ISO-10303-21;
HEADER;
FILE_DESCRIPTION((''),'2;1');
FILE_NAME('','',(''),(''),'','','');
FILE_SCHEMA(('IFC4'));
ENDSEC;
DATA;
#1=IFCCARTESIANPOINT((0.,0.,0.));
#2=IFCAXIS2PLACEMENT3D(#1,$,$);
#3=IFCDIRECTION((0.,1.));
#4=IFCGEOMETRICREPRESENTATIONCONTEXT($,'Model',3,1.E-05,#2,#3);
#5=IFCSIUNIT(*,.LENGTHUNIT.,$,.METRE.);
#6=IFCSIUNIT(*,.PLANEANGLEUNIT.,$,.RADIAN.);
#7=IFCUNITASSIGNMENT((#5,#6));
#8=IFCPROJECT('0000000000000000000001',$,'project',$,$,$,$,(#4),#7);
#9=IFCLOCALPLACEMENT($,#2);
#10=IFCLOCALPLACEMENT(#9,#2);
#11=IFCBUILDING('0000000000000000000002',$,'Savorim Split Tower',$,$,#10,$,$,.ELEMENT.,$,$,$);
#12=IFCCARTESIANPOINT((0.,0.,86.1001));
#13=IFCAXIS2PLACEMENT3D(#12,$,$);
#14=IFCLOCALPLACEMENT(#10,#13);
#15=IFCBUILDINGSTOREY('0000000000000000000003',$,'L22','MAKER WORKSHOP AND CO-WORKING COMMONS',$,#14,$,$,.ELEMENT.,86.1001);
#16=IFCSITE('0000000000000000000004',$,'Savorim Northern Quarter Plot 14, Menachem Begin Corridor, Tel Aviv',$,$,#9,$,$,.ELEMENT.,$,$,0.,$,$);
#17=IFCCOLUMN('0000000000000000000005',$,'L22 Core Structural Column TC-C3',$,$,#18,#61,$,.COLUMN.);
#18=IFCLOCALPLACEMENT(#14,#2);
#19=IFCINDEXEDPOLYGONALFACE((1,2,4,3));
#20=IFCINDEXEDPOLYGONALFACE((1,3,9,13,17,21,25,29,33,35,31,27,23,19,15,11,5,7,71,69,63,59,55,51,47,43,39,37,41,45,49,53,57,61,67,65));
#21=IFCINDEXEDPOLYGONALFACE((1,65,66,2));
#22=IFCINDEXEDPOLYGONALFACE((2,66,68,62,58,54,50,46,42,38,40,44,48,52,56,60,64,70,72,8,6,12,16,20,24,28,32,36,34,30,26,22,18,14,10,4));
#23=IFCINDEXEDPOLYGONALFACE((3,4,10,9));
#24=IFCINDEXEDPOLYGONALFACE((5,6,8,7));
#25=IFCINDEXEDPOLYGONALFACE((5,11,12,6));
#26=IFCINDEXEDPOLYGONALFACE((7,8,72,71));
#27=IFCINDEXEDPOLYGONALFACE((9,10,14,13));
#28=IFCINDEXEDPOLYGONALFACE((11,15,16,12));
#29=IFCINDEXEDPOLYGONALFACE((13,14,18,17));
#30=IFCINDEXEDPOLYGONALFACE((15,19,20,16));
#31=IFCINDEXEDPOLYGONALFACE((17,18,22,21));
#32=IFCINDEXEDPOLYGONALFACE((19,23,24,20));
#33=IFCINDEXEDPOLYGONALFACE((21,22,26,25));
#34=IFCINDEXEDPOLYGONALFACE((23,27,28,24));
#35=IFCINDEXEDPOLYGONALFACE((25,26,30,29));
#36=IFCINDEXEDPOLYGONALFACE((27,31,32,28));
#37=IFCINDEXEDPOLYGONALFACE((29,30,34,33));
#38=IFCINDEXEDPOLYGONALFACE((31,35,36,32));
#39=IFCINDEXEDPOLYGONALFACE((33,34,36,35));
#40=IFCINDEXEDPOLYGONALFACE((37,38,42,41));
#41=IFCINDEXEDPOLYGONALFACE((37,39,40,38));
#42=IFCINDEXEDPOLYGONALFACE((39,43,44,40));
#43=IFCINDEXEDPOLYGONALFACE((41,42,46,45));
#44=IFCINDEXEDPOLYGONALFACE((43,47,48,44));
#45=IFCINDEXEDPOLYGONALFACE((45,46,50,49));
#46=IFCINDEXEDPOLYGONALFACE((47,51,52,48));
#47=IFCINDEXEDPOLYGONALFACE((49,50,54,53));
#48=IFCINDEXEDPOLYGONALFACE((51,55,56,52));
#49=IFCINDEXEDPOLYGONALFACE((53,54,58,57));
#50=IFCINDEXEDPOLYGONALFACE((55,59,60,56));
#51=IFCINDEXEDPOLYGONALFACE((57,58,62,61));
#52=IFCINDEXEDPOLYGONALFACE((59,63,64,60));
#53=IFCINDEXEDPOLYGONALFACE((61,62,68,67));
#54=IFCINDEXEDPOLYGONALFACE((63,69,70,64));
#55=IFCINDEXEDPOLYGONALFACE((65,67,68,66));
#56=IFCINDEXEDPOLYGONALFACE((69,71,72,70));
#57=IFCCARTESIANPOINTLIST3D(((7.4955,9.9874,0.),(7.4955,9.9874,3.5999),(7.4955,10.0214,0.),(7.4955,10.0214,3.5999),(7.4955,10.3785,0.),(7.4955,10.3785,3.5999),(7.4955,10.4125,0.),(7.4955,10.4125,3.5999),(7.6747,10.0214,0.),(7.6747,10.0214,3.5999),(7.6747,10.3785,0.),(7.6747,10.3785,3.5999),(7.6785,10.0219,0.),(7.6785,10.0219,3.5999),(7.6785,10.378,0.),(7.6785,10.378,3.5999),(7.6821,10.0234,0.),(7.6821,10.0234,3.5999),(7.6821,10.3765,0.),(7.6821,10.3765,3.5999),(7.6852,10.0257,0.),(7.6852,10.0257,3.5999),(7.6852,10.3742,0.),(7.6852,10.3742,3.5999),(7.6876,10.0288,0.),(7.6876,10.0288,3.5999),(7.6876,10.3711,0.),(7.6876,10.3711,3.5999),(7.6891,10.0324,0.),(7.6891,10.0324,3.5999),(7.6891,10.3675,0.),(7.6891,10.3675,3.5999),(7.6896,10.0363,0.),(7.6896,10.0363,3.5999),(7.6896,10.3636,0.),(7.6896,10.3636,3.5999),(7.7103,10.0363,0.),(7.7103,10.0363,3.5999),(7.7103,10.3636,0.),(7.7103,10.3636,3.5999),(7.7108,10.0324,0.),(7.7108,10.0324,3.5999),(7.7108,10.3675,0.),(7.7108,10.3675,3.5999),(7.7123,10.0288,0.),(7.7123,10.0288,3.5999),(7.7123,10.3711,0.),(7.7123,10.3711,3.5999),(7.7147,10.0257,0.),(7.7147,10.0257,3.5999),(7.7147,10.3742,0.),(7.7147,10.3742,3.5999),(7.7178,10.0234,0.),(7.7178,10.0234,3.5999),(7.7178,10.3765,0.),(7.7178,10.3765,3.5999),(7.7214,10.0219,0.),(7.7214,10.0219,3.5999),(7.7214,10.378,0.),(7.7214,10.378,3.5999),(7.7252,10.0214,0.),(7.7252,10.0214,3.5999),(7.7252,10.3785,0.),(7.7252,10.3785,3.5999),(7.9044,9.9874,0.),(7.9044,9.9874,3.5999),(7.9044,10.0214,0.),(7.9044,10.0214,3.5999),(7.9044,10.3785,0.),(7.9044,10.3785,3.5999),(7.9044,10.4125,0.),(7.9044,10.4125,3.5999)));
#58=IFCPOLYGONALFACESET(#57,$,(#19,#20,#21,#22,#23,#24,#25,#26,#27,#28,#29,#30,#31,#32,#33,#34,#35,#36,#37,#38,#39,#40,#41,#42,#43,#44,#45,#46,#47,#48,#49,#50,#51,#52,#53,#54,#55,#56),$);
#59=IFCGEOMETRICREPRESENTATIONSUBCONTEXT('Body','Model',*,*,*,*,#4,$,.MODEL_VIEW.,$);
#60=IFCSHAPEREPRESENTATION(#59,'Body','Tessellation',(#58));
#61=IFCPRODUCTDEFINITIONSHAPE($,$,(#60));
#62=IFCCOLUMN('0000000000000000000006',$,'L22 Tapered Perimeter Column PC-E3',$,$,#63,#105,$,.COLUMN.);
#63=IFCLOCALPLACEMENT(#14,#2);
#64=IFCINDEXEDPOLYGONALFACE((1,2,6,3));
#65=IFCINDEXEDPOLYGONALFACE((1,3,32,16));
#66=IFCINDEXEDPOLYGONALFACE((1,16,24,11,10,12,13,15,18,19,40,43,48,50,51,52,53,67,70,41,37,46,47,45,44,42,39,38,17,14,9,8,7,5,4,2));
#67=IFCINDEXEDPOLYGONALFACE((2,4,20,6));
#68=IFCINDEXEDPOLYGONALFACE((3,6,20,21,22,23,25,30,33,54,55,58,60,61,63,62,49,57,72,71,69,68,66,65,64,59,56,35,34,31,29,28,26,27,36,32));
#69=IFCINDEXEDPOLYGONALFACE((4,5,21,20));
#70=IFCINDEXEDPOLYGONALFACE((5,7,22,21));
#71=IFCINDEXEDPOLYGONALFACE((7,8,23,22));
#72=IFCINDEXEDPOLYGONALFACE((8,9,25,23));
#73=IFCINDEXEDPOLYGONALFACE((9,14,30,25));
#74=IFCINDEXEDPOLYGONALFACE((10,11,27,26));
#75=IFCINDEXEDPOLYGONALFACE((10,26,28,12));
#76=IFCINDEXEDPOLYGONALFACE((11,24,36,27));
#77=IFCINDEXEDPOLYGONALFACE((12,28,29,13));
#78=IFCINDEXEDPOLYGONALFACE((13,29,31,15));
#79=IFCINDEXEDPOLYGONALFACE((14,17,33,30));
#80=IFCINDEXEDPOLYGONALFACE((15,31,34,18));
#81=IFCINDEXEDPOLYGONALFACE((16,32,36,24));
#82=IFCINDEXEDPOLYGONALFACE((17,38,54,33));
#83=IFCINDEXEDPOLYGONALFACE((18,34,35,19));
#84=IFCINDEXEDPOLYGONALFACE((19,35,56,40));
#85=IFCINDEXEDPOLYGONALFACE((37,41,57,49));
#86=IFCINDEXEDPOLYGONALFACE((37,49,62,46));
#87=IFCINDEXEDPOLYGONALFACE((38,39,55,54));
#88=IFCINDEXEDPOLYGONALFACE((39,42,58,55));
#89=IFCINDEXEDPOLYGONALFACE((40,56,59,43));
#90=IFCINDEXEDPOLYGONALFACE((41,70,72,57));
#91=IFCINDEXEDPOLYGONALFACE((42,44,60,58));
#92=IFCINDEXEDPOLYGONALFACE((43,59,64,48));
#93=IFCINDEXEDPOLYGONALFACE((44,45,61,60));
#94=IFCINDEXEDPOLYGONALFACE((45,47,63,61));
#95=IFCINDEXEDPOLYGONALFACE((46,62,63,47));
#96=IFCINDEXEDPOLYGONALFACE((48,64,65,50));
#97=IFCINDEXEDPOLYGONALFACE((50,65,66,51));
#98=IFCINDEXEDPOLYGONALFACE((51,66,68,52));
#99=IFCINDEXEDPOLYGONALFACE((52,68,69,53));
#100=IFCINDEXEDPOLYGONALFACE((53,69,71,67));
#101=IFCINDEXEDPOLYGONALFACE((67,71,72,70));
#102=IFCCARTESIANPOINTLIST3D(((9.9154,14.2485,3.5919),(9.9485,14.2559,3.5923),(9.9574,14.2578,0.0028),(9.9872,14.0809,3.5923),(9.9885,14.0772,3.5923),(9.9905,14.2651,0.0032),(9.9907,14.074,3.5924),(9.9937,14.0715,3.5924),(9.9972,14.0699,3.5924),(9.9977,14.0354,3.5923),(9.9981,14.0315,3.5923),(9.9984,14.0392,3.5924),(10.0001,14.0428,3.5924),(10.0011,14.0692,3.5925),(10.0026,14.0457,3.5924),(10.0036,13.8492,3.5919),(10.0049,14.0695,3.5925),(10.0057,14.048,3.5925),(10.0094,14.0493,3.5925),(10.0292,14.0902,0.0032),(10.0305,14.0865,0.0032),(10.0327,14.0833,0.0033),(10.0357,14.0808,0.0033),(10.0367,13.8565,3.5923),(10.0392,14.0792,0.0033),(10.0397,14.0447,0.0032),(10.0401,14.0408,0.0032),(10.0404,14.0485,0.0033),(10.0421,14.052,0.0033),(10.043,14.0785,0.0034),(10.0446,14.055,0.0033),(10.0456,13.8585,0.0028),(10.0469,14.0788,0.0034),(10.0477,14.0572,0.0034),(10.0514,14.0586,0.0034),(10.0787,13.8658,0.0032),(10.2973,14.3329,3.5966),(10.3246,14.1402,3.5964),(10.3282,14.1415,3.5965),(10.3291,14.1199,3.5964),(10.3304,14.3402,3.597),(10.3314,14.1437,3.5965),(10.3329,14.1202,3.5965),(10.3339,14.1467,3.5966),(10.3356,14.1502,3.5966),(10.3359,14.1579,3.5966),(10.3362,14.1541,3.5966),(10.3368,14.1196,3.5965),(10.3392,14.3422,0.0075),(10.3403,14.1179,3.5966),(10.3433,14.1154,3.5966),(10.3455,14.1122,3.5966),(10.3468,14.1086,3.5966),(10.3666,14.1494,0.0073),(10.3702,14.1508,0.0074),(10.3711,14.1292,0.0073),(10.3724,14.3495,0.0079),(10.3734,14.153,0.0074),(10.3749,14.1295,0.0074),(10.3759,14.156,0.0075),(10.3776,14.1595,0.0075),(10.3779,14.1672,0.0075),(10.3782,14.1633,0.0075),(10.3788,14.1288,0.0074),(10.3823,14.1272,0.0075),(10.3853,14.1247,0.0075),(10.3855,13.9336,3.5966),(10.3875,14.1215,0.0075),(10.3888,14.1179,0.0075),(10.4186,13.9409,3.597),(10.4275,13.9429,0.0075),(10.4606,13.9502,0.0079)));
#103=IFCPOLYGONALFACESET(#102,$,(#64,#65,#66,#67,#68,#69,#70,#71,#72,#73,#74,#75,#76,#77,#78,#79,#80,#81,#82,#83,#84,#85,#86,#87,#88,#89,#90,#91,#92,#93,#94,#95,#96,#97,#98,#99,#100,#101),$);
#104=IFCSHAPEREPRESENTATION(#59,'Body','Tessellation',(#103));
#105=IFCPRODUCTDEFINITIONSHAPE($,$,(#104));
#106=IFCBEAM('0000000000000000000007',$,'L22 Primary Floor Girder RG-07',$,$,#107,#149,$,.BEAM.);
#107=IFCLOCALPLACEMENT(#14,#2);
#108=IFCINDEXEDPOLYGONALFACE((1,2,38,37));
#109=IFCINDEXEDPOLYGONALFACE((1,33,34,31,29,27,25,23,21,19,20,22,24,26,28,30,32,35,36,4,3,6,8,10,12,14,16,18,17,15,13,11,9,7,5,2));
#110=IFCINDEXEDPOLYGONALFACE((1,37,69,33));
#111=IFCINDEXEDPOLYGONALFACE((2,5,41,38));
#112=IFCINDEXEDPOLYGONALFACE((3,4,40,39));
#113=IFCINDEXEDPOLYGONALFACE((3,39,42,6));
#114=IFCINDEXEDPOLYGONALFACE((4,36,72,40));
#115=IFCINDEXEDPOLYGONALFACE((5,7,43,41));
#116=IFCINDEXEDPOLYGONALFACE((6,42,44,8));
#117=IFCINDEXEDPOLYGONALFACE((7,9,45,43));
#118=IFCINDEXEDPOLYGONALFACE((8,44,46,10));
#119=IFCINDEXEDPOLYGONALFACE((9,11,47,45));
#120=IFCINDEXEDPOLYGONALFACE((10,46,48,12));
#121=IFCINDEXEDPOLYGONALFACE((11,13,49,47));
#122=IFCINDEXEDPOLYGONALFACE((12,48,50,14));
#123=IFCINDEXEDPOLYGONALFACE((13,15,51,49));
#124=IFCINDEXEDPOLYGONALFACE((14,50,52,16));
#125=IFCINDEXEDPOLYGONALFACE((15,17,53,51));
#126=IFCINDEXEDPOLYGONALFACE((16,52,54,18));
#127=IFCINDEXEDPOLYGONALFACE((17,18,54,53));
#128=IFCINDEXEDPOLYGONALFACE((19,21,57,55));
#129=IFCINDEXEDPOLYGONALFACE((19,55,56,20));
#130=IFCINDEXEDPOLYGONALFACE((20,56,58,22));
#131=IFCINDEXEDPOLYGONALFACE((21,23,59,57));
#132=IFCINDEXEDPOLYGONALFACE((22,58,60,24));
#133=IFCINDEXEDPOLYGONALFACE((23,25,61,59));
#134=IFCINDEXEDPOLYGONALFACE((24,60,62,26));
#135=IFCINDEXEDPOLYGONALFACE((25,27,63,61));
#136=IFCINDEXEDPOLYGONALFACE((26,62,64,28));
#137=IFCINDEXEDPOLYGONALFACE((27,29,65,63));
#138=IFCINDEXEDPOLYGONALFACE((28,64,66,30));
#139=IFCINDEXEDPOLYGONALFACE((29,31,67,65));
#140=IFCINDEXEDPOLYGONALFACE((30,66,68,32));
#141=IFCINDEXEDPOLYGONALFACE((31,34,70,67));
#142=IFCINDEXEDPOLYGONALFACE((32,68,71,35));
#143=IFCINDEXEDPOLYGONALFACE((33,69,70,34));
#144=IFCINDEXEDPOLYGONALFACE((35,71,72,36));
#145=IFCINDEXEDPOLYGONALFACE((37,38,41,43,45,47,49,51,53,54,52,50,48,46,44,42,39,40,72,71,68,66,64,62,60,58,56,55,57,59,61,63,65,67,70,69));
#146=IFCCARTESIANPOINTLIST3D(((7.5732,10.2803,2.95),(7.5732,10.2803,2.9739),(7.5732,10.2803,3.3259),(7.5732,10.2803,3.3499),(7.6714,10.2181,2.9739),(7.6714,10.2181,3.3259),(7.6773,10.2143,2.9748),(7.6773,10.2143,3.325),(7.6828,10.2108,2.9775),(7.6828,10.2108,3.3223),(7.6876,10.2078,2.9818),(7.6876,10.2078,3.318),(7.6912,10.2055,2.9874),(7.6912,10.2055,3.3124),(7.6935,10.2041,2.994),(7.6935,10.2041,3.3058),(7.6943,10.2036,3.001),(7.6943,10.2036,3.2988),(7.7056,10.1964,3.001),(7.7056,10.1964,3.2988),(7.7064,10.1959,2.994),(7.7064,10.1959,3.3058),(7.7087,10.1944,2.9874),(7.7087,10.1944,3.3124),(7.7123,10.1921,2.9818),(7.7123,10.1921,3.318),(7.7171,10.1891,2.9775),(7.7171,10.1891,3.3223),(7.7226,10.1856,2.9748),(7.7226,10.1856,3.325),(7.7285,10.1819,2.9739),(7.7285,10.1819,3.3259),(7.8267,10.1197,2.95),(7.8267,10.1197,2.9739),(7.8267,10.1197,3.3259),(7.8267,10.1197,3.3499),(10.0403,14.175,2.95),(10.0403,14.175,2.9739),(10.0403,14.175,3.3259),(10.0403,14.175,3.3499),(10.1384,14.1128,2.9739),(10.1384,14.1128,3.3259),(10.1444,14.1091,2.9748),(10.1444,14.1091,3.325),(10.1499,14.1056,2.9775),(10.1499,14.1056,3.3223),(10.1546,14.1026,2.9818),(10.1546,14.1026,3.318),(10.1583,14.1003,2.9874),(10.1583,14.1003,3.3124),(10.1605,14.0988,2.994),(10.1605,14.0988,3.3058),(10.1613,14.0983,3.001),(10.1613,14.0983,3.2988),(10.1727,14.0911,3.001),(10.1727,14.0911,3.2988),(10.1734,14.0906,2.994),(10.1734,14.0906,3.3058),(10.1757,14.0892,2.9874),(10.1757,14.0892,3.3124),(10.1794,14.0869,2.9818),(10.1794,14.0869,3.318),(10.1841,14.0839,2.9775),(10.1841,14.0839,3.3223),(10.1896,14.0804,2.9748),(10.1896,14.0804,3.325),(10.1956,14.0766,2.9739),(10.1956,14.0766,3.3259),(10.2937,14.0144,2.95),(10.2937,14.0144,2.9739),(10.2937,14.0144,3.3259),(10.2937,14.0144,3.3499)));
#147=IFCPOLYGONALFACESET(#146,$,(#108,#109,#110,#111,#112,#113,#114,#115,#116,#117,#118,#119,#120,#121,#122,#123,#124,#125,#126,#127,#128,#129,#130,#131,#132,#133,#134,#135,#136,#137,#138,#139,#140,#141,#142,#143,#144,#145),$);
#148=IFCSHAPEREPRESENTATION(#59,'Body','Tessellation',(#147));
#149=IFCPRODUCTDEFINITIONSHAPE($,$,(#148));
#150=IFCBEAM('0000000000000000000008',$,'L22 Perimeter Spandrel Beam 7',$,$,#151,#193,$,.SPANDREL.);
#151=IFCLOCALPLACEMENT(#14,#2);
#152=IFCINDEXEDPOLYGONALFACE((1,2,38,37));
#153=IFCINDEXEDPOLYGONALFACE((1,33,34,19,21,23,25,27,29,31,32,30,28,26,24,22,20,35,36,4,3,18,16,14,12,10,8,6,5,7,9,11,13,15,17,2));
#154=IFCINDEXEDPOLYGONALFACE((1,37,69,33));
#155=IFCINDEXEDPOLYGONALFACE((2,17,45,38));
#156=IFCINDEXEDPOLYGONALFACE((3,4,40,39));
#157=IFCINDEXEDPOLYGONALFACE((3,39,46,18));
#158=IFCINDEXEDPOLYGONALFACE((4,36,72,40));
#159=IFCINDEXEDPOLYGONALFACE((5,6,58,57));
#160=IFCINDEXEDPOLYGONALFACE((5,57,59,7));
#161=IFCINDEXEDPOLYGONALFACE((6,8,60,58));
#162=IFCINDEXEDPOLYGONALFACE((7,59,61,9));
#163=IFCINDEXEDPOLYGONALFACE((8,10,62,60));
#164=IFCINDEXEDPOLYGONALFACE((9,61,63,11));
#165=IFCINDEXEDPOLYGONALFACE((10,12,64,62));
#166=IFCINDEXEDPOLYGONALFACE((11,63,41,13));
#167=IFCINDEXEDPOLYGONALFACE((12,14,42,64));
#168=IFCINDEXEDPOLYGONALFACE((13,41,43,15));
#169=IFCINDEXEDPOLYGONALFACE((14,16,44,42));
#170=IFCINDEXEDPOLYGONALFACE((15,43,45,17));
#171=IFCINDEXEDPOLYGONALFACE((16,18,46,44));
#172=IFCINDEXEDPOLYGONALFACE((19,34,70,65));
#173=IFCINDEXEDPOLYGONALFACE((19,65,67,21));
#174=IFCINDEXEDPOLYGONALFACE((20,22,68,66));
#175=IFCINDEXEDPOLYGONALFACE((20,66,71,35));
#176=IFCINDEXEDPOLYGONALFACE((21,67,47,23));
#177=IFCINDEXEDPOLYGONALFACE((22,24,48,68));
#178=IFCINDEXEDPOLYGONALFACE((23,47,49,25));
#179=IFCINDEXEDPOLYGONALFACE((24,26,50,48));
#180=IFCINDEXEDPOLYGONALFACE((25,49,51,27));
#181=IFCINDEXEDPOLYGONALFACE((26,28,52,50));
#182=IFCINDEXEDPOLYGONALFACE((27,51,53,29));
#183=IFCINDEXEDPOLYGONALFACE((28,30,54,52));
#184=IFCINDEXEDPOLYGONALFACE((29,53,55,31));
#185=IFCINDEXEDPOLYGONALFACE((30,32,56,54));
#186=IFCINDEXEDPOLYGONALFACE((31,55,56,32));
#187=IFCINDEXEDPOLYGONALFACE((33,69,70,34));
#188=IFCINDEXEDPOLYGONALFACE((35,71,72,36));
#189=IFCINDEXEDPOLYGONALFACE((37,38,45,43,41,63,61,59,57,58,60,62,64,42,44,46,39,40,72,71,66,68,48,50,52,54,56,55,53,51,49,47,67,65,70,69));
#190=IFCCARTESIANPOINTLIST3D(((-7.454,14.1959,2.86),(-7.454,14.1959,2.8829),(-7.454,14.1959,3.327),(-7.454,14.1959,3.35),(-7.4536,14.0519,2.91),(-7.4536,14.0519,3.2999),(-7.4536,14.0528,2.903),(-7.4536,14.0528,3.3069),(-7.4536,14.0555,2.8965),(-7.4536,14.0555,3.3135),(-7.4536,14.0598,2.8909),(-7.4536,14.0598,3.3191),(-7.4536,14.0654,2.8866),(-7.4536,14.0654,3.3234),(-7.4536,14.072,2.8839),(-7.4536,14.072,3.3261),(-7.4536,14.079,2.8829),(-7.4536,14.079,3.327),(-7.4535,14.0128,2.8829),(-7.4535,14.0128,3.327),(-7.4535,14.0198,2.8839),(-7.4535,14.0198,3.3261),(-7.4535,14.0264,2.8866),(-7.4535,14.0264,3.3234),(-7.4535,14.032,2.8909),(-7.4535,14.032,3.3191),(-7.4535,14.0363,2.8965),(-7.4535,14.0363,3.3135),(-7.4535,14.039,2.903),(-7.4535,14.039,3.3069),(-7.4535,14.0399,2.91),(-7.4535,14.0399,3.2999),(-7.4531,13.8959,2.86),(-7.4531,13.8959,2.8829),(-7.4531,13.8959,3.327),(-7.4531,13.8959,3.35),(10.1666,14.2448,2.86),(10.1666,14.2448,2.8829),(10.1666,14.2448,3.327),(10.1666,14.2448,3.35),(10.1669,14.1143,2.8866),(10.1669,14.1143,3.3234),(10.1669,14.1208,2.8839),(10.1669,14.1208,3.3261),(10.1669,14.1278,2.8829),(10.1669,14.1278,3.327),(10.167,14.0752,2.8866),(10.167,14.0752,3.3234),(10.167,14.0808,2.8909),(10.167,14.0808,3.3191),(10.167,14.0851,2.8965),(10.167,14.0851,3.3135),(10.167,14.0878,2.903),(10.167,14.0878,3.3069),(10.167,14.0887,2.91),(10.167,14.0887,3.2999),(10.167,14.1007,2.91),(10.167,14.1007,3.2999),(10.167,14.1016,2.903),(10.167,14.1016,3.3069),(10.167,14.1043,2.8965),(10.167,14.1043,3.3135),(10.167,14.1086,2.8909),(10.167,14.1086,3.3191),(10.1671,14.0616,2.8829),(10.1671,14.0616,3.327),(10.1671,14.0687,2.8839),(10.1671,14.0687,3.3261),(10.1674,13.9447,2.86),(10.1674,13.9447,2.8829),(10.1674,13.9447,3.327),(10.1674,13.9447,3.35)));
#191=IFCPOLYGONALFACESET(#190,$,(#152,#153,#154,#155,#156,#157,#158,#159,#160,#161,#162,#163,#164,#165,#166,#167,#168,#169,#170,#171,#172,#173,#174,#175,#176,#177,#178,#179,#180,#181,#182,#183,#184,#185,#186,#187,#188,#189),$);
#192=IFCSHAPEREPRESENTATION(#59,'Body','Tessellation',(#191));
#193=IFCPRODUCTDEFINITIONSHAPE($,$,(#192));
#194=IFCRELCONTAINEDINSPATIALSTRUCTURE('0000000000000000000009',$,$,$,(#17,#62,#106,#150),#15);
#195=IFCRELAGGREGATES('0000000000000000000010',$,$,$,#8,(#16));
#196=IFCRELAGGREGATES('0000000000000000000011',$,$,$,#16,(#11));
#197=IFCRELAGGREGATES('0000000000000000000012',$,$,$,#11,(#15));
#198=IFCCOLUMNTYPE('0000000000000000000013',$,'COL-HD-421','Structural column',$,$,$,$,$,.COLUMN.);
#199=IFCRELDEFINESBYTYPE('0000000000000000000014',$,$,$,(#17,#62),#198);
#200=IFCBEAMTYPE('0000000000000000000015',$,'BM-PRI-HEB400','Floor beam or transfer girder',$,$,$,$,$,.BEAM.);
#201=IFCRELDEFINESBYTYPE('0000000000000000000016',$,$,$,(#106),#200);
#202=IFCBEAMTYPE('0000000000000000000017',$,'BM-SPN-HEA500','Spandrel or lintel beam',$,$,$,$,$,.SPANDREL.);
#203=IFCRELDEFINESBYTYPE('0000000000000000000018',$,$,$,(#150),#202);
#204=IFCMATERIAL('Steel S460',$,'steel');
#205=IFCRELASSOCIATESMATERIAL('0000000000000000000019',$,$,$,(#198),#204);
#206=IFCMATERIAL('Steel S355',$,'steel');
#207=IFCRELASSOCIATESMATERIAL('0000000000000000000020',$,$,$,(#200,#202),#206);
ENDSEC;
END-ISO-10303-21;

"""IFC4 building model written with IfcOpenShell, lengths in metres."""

from ifc_helpers import new_model, si_unit, direction, frame, origin, origin_2d, place, context, subcontext, project, spatial, i_section, extrude, material, material_profile, profile_set, type_object, element, save


model = new_model("IFC4")

# Units and contexts
model_context = context("Model", 3, precision=1e-05, world=origin(), true_north=direction((0.0, 1.0)))
body_context = subcontext(model_context, "Body", "Model", "MODEL_VIEW")
ifc_project = project(units=[si_unit("LENGTHUNIT", "METRE"), si_unit("PLANEANGLEUNIT", "RADIAN")], contexts=[model_context])

# Site, building, storey
site_placement = place(None, origin())
site = spatial("IfcSite", under=ifc_project, at=site_placement, Name="Savorim Northern Quarter Plot 14, Menachem Begin Corridor, Tel Aviv", CompositionType="ELEMENT", RefElevation=0.0)
building_placement = place(site_placement, origin())
building = spatial("IfcBuilding", under=site, at=building_placement, Name="Savorim Split Tower", CompositionType="ELEMENT")
storey_placement = place(building_placement, frame((0.0, 0.0, 86.1001)))
storey = spatial("IfcBuildingStorey", under=building, at=storey_placement, Name="L22", Description="MAKER WORKSHOP AND CO-WORKING COMMONS", CompositionType="ELEMENT", Elevation=86.1001)

# Columns
ifc_material_1 = material(Name="Steel S460", Category="steel")
ifc_material_profile_1 = material_profile(ifc_material_1, i_section(OverallWidth=0.4089, OverallDepth=0.425, WebThickness=0.0208, FlangeThickness=0.0339, FilletRadius=0.0149, at=origin_2d()), Name="HD 400x421")
ifc_profile_set_1 = profile_set([ifc_material_profile_1], Name="Steel S460")
column_type = type_object("IfcColumnType", Name="COL-HD-421", Description="Structural column", PredefinedType="COLUMN", material=ifc_profile_set_1)
column_1_placement = place(storey_placement, frame((7.7, 10.2, 0.0), z_axis=(0.0, 0.0, 1.0), x_axis=(1.0, 0.0, 0.0)))
element("IfcColumn", 1, at=column_1_placement, inside=storey, type_object=column_type, Name="L22 Core Structural Column TC-C3", PredefinedType="COLUMN", context=body_context, shape_type="SweptSolid", body=[
    extrude(i_section(OverallWidth=0.4089, OverallDepth=0.425, WebThickness=0.0208, FlangeThickness=0.0339, FilletRadius=0.0149, at=origin_2d()), origin(), (0.0, 0.0, 1.0), 3.5999),
])
column_2_placement = place(storey_placement, frame((10.209, 14.104, 0.0054), z_axis=(-0.011699, -0.002585, 0.999928), x_axis=(0.215728, -0.976453, 0.0)))
element("IfcColumn", 2, at=column_2_placement, inside=storey, type_object=column_type, Name="L22 Tapered Perimeter Column PC-E3", PredefinedType="COLUMN", context=body_context, shape_type="SweptSolid", body=[
    extrude(i_section(OverallWidth=0.4089, OverallDepth=0.425, WebThickness=0.0208, FlangeThickness=0.0339, FilletRadius=0.0149, at=origin_2d()), origin(), (0.0, 0.0, 1.0), 3.5894),
])

# Beams
ifc_material_2 = material(Name="Steel S355", Category="steel")
ifc_material_profile_2 = material_profile(ifc_material_2, i_section(OverallWidth=0.3, OverallDepth=0.3999, WebThickness=0.0134, FlangeThickness=0.0239, FilletRadius=0.0271, at=origin_2d()), Name="HEB 400")
ifc_profile_set_2 = profile_set([ifc_material_profile_2], Name="Steel S355")
beam_type_1 = type_object("IfcBeamType", Name="BM-PRI-HEB400", Description="Floor beam or transfer girder", PredefinedType="BEAM", material=ifc_profile_set_2)
beam_1_placement = place(storey_placement, frame((10.167, 14.0947, 3.1499), z_axis=(-0.535106, -0.844785, 0.0), x_axis=(0.844785, -0.535106, 0.0)))
element("IfcBeam", 3, at=beam_1_placement, inside=storey, type_object=beam_type_1, Name="L22 Primary Floor Girder RG-07", PredefinedType="BEAM", context=body_context, shape_type="SweptSolid", body=[
    extrude(i_section(OverallWidth=0.3, OverallDepth=0.3999, WebThickness=0.0134, FlangeThickness=0.0239, FilletRadius=0.0271, at=origin_2d()), origin(), (0.0, 0.0, 1.0), 4.6104),
])
ifc_material_profile_3 = material_profile(ifc_material_2, i_section(OverallWidth=0.3, OverallDepth=0.49, WebThickness=0.012, FlangeThickness=0.0229, FilletRadius=0.0271, at=origin_2d()), Name="HEA 500")
ifc_profile_set_3 = profile_set([ifc_material_profile_3], Name="Steel S355")
beam_type_2 = type_object("IfcBeamType", Name="BM-SPN-HEA500", Description="Spandrel or lintel beam", PredefinedType="SPANDREL", material=ifc_profile_set_3)
beam_2_placement = place(storey_placement, frame((10.167, 14.0947, 3.105), z_axis=(-0.999996, -0.002771, 0.0), x_axis=(0.002771, -0.999996, 0.0)))
element("IfcBeam", 4, at=beam_2_placement, inside=storey, type_object=beam_type_2, Name="L22 Perimeter Spandrel Beam 7", PredefinedType="SPANDREL", context=body_context, shape_type="SweptSolid", body=[
    extrude(i_section(OverallWidth=0.3, OverallDepth=0.49, WebThickness=0.012, FlangeThickness=0.0229, FilletRadius=0.0271, at=origin_2d()), origin(), (0.0, 0.0, 1.0), 17.6206),
])

save(model, "model.ifc")
